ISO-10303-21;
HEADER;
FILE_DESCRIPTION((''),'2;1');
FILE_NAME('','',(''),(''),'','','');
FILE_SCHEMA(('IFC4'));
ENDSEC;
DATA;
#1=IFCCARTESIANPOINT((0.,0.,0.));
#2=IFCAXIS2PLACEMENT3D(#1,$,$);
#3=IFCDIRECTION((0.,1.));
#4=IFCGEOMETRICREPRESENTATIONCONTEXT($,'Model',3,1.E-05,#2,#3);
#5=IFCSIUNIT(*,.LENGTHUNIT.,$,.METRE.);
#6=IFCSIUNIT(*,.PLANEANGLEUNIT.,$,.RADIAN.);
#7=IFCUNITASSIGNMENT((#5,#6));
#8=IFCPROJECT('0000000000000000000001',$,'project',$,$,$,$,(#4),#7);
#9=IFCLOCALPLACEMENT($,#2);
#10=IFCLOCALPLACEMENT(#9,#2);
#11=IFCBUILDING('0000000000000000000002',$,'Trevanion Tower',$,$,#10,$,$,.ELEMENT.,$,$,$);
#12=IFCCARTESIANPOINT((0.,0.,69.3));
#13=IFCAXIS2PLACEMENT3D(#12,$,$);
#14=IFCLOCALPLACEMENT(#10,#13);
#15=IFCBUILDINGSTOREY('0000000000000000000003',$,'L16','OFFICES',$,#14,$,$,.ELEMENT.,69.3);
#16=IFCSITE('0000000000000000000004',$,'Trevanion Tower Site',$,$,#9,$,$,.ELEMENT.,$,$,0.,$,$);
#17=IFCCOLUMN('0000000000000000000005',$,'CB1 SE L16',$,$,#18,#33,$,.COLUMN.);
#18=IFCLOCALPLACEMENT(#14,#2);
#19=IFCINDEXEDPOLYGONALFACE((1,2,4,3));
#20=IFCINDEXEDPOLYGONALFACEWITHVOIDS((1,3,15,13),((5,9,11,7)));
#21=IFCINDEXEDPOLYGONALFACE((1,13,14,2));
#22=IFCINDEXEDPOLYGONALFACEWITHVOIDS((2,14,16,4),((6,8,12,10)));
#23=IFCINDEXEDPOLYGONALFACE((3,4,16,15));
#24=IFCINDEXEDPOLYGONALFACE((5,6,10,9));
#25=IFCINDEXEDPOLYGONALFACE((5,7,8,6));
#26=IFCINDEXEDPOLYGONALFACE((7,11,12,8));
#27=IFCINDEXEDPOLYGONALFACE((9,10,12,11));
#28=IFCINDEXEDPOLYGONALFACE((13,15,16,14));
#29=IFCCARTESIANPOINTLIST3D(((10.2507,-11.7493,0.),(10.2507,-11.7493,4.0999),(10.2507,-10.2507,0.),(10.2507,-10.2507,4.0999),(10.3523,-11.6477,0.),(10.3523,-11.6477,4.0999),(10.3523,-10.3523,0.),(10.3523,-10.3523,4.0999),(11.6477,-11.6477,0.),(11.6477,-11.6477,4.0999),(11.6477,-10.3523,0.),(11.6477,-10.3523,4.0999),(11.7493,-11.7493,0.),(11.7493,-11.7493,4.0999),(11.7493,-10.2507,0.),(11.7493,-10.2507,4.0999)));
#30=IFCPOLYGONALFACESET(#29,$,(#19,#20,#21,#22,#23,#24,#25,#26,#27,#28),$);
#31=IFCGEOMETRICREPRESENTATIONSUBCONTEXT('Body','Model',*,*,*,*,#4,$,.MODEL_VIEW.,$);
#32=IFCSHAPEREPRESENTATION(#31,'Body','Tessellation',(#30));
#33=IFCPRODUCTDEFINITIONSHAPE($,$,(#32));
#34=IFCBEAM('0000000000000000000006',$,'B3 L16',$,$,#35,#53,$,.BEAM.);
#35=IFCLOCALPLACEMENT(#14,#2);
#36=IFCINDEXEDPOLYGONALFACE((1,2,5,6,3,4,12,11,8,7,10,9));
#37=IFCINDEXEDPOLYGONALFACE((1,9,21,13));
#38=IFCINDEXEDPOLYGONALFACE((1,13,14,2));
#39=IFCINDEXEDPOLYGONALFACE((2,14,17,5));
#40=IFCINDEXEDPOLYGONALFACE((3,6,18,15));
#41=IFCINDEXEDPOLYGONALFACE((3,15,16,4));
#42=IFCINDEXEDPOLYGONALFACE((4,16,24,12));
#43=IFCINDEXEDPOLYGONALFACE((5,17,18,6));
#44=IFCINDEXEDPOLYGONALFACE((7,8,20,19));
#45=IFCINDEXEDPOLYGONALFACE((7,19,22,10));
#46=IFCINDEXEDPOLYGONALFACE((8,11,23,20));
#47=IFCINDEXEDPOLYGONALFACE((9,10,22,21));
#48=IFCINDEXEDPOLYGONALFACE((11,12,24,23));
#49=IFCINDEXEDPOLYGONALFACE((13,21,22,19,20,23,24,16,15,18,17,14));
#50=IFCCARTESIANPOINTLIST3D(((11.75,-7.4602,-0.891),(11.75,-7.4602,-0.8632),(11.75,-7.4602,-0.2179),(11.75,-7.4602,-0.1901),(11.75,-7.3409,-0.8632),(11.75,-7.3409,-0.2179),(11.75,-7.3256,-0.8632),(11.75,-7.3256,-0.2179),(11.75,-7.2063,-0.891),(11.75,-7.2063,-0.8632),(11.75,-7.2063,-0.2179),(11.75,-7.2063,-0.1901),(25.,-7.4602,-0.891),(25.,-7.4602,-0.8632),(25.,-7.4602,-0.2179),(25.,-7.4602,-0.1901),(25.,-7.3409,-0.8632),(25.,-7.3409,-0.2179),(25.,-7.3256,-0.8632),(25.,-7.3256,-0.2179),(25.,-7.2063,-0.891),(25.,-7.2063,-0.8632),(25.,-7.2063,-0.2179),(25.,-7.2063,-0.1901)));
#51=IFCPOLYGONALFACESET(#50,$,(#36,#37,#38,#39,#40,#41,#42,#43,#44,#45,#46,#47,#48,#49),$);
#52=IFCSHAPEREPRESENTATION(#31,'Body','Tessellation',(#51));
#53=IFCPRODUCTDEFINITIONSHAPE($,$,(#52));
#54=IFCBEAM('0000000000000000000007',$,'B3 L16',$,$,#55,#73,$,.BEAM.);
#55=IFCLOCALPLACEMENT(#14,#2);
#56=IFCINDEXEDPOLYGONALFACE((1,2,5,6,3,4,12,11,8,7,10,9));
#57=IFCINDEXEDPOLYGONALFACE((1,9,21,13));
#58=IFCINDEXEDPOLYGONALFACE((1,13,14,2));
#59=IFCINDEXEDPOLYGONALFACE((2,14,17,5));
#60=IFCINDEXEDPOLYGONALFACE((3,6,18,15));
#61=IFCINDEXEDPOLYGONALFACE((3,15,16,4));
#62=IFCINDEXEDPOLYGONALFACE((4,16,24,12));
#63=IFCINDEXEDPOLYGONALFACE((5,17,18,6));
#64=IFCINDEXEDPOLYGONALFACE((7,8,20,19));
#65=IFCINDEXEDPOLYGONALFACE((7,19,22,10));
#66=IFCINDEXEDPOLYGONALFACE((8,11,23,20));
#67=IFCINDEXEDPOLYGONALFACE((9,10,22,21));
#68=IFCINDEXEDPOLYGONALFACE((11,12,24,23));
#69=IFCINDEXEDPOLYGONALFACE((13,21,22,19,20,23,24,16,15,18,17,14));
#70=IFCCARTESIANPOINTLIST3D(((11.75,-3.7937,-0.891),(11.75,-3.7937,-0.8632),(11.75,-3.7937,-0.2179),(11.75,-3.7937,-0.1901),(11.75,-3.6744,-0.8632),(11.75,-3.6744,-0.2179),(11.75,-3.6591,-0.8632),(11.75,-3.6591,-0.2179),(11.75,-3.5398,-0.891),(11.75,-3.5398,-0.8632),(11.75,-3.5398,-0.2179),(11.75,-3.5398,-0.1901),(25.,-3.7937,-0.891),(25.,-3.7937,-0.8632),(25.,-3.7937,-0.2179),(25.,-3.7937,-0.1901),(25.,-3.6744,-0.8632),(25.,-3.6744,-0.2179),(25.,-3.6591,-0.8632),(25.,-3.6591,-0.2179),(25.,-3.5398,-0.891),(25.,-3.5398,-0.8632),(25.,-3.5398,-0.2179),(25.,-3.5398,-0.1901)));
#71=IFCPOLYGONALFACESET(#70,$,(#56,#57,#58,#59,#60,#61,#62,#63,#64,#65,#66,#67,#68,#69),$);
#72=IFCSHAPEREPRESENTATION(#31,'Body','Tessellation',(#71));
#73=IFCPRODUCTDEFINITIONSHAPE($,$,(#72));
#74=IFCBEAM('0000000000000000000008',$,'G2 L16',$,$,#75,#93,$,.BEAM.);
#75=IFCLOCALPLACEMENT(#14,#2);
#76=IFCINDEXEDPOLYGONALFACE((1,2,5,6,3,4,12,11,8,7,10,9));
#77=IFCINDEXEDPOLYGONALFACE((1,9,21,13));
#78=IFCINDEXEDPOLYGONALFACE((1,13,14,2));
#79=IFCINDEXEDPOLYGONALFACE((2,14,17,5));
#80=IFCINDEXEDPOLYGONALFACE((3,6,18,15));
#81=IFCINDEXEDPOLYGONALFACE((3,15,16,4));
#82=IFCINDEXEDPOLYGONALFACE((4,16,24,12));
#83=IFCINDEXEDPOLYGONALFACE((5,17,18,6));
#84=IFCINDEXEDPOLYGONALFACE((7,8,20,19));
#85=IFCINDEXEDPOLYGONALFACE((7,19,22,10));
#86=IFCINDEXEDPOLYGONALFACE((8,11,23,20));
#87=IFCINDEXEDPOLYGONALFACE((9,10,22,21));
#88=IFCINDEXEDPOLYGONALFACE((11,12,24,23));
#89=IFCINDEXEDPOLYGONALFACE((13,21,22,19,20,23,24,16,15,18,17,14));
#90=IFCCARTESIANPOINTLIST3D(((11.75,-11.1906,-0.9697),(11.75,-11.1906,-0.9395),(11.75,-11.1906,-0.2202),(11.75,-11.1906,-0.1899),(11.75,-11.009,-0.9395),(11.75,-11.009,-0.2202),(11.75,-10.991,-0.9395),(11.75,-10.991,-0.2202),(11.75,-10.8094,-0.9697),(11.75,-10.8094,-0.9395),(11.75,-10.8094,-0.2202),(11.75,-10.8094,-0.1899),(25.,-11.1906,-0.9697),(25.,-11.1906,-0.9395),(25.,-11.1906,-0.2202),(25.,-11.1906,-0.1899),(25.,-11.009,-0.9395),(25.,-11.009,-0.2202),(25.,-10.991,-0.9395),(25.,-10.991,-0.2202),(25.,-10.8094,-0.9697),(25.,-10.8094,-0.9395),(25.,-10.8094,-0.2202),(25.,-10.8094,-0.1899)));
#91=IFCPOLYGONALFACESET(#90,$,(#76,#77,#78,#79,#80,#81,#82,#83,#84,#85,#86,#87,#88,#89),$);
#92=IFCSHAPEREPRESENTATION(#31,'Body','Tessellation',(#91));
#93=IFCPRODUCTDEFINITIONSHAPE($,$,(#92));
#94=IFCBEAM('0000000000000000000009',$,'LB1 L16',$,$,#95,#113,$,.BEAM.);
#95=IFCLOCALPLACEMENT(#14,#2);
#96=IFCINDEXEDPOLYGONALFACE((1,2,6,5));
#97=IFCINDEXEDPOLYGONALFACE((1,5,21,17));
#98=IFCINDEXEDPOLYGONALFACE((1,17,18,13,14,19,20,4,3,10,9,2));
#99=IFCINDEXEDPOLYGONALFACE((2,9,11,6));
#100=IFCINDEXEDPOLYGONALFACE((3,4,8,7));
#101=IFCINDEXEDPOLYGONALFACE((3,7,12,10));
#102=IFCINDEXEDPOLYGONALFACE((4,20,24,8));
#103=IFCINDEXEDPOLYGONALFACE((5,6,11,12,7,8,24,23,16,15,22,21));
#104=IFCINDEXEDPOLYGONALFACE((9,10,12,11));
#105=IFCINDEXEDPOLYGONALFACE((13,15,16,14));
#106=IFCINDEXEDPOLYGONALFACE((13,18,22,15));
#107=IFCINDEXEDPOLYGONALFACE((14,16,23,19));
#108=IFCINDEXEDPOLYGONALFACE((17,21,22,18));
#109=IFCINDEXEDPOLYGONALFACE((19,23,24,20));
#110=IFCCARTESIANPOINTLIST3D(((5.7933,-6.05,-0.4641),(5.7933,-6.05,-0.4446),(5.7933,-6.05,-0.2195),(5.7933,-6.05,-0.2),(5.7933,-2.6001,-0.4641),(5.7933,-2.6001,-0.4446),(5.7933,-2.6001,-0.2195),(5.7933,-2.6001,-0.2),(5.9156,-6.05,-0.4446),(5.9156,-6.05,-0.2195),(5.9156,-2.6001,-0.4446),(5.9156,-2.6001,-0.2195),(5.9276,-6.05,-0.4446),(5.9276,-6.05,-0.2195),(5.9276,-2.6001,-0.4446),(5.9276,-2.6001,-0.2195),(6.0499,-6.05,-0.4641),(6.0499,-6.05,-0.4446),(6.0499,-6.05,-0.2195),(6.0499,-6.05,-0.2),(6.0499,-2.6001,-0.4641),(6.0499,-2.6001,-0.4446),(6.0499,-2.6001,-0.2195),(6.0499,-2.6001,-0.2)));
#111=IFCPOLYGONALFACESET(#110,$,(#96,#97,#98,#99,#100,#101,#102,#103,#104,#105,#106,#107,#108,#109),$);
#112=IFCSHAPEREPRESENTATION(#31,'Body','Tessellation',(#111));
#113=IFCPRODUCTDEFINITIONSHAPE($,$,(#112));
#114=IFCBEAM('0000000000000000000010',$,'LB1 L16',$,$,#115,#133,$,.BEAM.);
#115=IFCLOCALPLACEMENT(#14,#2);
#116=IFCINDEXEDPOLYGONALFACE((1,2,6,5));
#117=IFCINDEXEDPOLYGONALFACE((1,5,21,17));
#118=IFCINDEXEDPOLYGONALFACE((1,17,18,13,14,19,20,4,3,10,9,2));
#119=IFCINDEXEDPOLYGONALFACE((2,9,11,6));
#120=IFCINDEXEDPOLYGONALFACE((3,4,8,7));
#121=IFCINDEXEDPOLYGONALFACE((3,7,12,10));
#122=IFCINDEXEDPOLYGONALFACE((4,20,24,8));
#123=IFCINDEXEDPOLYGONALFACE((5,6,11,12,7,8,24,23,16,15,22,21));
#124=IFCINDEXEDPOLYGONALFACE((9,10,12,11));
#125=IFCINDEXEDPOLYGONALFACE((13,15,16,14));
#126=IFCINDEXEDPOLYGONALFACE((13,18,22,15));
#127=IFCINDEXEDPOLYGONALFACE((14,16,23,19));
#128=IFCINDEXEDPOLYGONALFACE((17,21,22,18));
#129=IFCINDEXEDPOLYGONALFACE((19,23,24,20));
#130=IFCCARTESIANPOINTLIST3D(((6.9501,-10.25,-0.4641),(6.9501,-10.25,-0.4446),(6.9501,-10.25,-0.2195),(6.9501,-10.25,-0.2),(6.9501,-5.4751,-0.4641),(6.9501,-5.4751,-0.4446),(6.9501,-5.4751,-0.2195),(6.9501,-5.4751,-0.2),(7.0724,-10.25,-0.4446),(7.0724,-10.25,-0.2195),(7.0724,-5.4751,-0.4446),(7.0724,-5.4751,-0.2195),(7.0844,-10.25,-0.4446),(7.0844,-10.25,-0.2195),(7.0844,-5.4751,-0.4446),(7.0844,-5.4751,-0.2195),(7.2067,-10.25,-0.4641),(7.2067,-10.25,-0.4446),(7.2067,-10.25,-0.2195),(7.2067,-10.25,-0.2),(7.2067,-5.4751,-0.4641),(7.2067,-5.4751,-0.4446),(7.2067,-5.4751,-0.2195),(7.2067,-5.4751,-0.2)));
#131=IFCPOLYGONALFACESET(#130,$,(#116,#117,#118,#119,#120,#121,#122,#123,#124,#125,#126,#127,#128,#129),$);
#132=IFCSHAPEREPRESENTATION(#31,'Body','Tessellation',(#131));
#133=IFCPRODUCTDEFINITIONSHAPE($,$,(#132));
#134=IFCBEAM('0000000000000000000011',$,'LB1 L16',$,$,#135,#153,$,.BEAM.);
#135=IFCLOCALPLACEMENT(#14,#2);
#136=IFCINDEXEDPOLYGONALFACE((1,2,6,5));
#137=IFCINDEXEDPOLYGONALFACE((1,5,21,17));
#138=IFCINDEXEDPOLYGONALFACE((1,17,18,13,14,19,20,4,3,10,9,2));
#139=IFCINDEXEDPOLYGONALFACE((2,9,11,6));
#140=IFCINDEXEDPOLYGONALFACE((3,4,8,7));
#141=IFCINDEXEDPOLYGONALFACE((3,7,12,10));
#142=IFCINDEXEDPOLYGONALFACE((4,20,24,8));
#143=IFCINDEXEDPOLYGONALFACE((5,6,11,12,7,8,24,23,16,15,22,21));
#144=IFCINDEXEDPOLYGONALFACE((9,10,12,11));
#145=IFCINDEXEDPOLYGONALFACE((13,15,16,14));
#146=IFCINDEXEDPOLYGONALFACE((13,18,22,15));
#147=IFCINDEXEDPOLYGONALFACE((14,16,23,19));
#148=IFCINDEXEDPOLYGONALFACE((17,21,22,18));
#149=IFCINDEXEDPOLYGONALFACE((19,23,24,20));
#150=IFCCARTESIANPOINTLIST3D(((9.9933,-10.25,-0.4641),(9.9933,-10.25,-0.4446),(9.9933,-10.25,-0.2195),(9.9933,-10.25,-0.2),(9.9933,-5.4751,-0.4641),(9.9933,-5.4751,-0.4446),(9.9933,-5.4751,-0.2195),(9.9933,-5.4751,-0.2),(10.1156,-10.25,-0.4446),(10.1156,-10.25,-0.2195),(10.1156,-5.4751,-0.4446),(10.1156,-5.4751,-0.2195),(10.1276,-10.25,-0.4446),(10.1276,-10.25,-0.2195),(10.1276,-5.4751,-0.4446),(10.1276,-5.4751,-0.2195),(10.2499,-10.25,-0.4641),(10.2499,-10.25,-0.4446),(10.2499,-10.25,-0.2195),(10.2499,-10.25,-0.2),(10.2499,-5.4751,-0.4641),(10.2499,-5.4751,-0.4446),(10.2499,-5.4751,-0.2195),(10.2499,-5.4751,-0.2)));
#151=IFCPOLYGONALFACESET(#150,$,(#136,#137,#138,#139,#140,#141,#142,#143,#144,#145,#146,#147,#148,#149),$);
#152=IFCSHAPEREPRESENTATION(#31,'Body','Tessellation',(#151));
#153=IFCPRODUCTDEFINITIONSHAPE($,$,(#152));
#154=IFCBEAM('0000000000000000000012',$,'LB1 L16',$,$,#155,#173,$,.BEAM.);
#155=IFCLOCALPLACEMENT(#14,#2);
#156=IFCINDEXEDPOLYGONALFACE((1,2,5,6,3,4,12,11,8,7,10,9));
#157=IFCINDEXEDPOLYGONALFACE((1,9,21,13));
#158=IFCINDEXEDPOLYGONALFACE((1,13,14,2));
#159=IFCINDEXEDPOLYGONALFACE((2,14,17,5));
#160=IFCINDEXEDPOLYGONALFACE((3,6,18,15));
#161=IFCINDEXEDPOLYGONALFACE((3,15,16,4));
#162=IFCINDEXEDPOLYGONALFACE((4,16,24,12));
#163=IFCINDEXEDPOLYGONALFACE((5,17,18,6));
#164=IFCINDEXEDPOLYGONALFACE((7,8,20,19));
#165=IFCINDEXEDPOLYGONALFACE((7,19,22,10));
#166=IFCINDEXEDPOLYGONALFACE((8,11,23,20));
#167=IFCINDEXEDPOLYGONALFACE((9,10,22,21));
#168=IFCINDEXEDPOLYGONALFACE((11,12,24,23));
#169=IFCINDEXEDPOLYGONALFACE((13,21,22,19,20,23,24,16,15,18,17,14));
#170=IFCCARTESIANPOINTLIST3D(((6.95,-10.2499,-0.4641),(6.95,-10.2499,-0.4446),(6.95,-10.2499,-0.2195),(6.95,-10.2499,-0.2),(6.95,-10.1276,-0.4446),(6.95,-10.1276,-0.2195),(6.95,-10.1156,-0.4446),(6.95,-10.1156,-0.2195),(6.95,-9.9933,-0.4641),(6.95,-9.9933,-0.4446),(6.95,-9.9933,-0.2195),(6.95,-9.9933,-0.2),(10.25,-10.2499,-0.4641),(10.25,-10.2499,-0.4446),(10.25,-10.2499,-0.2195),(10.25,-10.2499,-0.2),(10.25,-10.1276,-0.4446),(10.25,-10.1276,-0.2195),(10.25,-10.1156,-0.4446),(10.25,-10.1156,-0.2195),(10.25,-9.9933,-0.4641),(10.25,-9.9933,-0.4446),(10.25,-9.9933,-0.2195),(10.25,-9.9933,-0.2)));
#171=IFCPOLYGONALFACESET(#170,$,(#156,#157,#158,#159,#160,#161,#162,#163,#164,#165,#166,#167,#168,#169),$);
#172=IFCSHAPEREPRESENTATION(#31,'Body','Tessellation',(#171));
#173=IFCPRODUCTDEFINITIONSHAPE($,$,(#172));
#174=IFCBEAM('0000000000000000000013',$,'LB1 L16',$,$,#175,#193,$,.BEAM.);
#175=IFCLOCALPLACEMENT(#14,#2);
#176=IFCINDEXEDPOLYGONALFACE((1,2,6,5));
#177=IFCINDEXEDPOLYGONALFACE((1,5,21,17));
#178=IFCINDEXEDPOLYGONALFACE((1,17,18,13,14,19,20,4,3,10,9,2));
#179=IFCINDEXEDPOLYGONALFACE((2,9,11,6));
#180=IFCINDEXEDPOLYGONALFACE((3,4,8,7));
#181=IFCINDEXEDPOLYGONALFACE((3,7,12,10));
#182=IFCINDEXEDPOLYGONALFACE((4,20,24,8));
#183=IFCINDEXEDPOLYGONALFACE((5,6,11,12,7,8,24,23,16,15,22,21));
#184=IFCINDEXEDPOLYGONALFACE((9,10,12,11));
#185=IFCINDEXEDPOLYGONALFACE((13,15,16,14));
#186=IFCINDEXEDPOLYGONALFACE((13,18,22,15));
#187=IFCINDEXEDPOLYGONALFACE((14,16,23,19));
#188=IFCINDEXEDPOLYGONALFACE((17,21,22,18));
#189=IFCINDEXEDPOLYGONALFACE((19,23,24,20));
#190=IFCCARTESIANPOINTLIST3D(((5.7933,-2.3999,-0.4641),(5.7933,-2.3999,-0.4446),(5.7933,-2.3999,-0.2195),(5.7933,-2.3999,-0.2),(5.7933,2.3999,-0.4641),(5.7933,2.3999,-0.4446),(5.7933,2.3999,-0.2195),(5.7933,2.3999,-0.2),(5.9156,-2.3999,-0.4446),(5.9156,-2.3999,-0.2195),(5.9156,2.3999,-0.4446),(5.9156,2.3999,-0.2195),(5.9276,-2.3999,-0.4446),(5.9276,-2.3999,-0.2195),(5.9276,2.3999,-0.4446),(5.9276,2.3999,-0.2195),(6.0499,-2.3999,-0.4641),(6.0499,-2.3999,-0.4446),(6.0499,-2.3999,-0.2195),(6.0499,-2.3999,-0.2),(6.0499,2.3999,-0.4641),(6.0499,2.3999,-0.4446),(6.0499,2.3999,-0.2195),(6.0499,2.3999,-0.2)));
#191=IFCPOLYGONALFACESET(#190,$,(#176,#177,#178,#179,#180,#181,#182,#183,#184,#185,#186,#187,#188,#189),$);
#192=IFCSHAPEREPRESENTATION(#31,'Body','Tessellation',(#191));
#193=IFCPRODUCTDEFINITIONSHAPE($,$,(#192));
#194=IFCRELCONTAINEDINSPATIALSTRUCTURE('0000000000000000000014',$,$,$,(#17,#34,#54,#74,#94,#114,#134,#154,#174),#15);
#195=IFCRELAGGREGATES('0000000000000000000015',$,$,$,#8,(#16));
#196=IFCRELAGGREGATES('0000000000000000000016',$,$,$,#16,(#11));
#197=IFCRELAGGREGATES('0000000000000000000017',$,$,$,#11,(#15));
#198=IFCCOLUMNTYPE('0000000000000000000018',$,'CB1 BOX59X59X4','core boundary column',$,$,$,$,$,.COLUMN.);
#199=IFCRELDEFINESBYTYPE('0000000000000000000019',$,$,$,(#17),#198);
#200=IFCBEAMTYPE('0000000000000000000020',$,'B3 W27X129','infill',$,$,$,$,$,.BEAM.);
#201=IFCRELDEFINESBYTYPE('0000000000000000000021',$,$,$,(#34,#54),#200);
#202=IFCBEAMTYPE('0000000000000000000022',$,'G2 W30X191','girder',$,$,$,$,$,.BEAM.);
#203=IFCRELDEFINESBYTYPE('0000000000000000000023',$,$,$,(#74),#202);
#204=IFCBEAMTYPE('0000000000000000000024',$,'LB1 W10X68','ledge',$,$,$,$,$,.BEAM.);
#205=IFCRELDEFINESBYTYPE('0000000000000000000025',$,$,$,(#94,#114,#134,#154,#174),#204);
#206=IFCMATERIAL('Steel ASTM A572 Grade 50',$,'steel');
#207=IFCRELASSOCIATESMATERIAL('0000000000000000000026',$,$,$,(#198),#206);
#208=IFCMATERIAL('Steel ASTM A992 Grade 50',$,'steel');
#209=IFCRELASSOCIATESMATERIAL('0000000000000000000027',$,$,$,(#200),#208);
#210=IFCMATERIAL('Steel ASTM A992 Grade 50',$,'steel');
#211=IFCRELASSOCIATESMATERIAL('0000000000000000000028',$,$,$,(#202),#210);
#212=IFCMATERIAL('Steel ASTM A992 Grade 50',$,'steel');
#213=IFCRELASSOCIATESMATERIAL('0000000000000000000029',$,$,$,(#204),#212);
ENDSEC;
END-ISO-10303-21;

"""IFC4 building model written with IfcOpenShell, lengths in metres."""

from ifc_helpers import new_model, si_unit, direction, frame, origin, origin_2d, place, context, subcontext, project, spatial, hollow_rectangle, i_section, extrude, material, material_profile, profile_set, type_object, element, save


model = new_model("IFC4")

# Units and contexts
model_context = context("Model", 3, precision=1e-05, world=origin(), true_north=direction((0.0, 1.0)))
body_context = subcontext(model_context, "Body", "Model", "MODEL_VIEW")
ifc_project = project(units=[si_unit("LENGTHUNIT", "METRE"), si_unit("PLANEANGLEUNIT", "RADIAN")], contexts=[model_context])

# Site, building, storey
site_placement = place(None, origin())
site = spatial("IfcSite", under=ifc_project, at=site_placement, Name="Trevanion Tower Site", CompositionType="ELEMENT", RefElevation=0.0)
building_placement = place(site_placement, origin())
building = spatial("IfcBuilding", under=site, at=building_placement, Name="Trevanion Tower", CompositionType="ELEMENT")
storey_placement = place(building_placement, frame((0.0, 0.0, 69.3)))
storey = spatial("IfcBuildingStorey", under=building, at=storey_placement, Name="L16", Description="OFFICES", CompositionType="ELEMENT", Elevation=69.3)

# Column
ifc_material_1 = material(Name="Steel ASTM A572 Grade 50", Category="steel")
ifc_material_profile_1 = material_profile(ifc_material_1, hollow_rectangle(XDim=1.4985, YDim=1.4985, WallThickness=0.1016, at=origin_2d()), Name="BOX59X59X4")
ifc_profile_set_1 = profile_set([ifc_material_profile_1], Name="Steel ASTM A572 Grade 50")
column_type = type_object("IfcColumnType", Name="CB1 BOX59X59X4", Description="core boundary column", PredefinedType="COLUMN", material=ifc_profile_set_1)
column_placement = place(storey_placement, frame((11.0, -11.0, 0.0), z_axis=(0.0, 0.0, 1.0), x_axis=(1.0, 0.0, 0.0)))
element("IfcColumn", 1, at=column_placement, inside=storey, type_object=column_type, Name="CB1 SE L16", PredefinedType="COLUMN", context=body_context, shape_type="SweptSolid", body=[
    extrude(hollow_rectangle(XDim=1.4985, YDim=1.4985, WallThickness=0.1016, at=origin_2d()), origin(), (0.0, 0.0, 1.0), 4.0999),
])

# Beams
ifc_material_2 = material(Name="Steel ASTM A992 Grade 50", Category="steel")
ifc_material_profile_2 = material_profile(ifc_material_2, i_section(OverallWidth=0.2539, OverallDepth=0.7009, WebThickness=0.0154, FlangeThickness=0.0278, at=origin_2d()), Name="W27X129")
ifc_profile_set_2 = profile_set([ifc_material_profile_2], Name="Steel ASTM A992 Grade 50")
beam_type_1 = type_object("IfcBeamType", Name="B3 W27X129", Description="infill", PredefinedType="BEAM", material=ifc_profile_set_2)
for number, where, z_axis, x_axis, name in (
    (2, (11.75, -7.3333, -0.5405), (1.0, 0.0, 0.0), (0.0, 1.0, 0.0), "B3 L16"),
    (3, (11.75, -3.6667, -0.5405), (1.0, 0.0, 0.0), (0.0, 1.0, 0.0), "B3 L16"),
):
    element("IfcBeam", number, at=place(storey_placement, frame(where, z_axis=z_axis, x_axis=x_axis)), inside=storey, type_object=beam_type_1, Name=name, PredefinedType="BEAM", context=body_context, shape_type="SweptSolid", body=[
        extrude(i_section(OverallWidth=0.2539, OverallDepth=0.7009, WebThickness=0.0154, FlangeThickness=0.0278, at=origin_2d()), origin(), (0.0, 0.0, 1.0), 13.25),
    ])
ifc_material_3 = material(Name="Steel ASTM A992 Grade 50", Category="steel")
ifc_material_profile_3 = material_profile(ifc_material_3, i_section(OverallWidth=0.3811, OverallDepth=0.7798, WebThickness=0.0181, FlangeThickness=0.0303, at=origin_2d()), Name="W30X191")
ifc_profile_set_3 = profile_set([ifc_material_profile_3], Name="Steel ASTM A992 Grade 50")
beam_type_2 = type_object("IfcBeamType", Name="G2 W30X191", Description="girder", PredefinedType="BEAM", material=ifc_profile_set_3)
beam_1_placement = place(storey_placement, frame((11.75, -11.0, -0.5798), z_axis=(1.0, 0.0, 0.0), x_axis=(0.0, 1.0, 0.0)))
element("IfcBeam", 4, at=beam_1_placement, inside=storey, type_object=beam_type_2, Name="G2 L16", PredefinedType="BEAM", context=body_context, shape_type="SweptSolid", body=[
    extrude(i_section(OverallWidth=0.3811, OverallDepth=0.7798, WebThickness=0.0181, FlangeThickness=0.0303, at=origin_2d()), origin(), (0.0, 0.0, 1.0), 13.25),
])
ifc_material_4 = material(Name="Steel ASTM A992 Grade 50", Category="steel")
ifc_material_profile_4 = material_profile(ifc_material_4, i_section(OverallWidth=0.2566, OverallDepth=0.2642, WebThickness=0.012, FlangeThickness=0.0195, at=origin_2d()), Name="W10X68")
ifc_profile_set_4 = profile_set([ifc_material_profile_4], Name="Steel ASTM A992 Grade 50")
beam_type_3 = type_object("IfcBeamType", Name="LB1 W10X68", Description="ledge", PredefinedType="BEAM", material=ifc_profile_set_4)
beam_2_placement = place(storey_placement, frame((5.9216, -6.05, -0.332), z_axis=(0.0, 1.0, 0.0), x_axis=(-1.0, 0.0, 0.0)))
element("IfcBeam", 5, at=beam_2_placement, inside=storey, type_object=beam_type_3, Name="LB1 L16", PredefinedType="BEAM", context=body_context, shape_type="SweptSolid", body=[
    extrude(i_section(OverallWidth=0.2566, OverallDepth=0.2642, WebThickness=0.012, FlangeThickness=0.0195, at=origin_2d()), origin(), (0.0, 0.0, 1.0), 3.45),
])
for number, where, z_axis, x_axis, name in (
    (6, (7.0784, -10.25, -0.332), (0.0, 1.0, 0.0), (-1.0, 0.0, 0.0), "LB1 L16"),
    (7, (10.1216, -10.25, -0.332), (0.0, 1.0, 0.0), (-1.0, 0.0, 0.0), "LB1 L16"),
):
    element("IfcBeam", number, at=place(storey_placement, frame(where, z_axis=z_axis, x_axis=x_axis)), inside=storey, type_object=beam_type_3, Name=name, PredefinedType="BEAM", context=body_context, shape_type="SweptSolid", body=[
        extrude(i_section(OverallWidth=0.2566, OverallDepth=0.2642, WebThickness=0.012, FlangeThickness=0.0195, at=origin_2d()), origin(), (0.0, 0.0, 1.0), 4.7749),
    ])
beam_3_placement = place(storey_placement, frame((6.95, -10.1216, -0.332), z_axis=(1.0, 0.0, 0.0), x_axis=(0.0, 1.0, 0.0)))
element("IfcBeam", 8, at=beam_3_placement, inside=storey, type_object=beam_type_3, Name="LB1 L16", PredefinedType="BEAM", context=body_context, shape_type="SweptSolid", body=[
    extrude(i_section(OverallWidth=0.2566, OverallDepth=0.2642, WebThickness=0.012, FlangeThickness=0.0195, at=origin_2d()), origin(), (0.0, 0.0, 1.0), 3.3),
])
beam_4_placement = place(storey_placement, frame((5.9216, -2.3999, -0.332), z_axis=(0.0, 1.0, 0.0), x_axis=(-1.0, 0.0, 0.0)))
element("IfcBeam", 9, at=beam_4_placement, inside=storey, type_object=beam_type_3, Name="LB1 L16", PredefinedType="BEAM", context=body_context, shape_type="SweptSolid", body=[
    extrude(i_section(OverallWidth=0.2566, OverallDepth=0.2642, WebThickness=0.012, FlangeThickness=0.0195, at=origin_2d()), origin(), (0.0, 0.0, 1.0), 4.7998),
])

save(model, "model.ifc")
